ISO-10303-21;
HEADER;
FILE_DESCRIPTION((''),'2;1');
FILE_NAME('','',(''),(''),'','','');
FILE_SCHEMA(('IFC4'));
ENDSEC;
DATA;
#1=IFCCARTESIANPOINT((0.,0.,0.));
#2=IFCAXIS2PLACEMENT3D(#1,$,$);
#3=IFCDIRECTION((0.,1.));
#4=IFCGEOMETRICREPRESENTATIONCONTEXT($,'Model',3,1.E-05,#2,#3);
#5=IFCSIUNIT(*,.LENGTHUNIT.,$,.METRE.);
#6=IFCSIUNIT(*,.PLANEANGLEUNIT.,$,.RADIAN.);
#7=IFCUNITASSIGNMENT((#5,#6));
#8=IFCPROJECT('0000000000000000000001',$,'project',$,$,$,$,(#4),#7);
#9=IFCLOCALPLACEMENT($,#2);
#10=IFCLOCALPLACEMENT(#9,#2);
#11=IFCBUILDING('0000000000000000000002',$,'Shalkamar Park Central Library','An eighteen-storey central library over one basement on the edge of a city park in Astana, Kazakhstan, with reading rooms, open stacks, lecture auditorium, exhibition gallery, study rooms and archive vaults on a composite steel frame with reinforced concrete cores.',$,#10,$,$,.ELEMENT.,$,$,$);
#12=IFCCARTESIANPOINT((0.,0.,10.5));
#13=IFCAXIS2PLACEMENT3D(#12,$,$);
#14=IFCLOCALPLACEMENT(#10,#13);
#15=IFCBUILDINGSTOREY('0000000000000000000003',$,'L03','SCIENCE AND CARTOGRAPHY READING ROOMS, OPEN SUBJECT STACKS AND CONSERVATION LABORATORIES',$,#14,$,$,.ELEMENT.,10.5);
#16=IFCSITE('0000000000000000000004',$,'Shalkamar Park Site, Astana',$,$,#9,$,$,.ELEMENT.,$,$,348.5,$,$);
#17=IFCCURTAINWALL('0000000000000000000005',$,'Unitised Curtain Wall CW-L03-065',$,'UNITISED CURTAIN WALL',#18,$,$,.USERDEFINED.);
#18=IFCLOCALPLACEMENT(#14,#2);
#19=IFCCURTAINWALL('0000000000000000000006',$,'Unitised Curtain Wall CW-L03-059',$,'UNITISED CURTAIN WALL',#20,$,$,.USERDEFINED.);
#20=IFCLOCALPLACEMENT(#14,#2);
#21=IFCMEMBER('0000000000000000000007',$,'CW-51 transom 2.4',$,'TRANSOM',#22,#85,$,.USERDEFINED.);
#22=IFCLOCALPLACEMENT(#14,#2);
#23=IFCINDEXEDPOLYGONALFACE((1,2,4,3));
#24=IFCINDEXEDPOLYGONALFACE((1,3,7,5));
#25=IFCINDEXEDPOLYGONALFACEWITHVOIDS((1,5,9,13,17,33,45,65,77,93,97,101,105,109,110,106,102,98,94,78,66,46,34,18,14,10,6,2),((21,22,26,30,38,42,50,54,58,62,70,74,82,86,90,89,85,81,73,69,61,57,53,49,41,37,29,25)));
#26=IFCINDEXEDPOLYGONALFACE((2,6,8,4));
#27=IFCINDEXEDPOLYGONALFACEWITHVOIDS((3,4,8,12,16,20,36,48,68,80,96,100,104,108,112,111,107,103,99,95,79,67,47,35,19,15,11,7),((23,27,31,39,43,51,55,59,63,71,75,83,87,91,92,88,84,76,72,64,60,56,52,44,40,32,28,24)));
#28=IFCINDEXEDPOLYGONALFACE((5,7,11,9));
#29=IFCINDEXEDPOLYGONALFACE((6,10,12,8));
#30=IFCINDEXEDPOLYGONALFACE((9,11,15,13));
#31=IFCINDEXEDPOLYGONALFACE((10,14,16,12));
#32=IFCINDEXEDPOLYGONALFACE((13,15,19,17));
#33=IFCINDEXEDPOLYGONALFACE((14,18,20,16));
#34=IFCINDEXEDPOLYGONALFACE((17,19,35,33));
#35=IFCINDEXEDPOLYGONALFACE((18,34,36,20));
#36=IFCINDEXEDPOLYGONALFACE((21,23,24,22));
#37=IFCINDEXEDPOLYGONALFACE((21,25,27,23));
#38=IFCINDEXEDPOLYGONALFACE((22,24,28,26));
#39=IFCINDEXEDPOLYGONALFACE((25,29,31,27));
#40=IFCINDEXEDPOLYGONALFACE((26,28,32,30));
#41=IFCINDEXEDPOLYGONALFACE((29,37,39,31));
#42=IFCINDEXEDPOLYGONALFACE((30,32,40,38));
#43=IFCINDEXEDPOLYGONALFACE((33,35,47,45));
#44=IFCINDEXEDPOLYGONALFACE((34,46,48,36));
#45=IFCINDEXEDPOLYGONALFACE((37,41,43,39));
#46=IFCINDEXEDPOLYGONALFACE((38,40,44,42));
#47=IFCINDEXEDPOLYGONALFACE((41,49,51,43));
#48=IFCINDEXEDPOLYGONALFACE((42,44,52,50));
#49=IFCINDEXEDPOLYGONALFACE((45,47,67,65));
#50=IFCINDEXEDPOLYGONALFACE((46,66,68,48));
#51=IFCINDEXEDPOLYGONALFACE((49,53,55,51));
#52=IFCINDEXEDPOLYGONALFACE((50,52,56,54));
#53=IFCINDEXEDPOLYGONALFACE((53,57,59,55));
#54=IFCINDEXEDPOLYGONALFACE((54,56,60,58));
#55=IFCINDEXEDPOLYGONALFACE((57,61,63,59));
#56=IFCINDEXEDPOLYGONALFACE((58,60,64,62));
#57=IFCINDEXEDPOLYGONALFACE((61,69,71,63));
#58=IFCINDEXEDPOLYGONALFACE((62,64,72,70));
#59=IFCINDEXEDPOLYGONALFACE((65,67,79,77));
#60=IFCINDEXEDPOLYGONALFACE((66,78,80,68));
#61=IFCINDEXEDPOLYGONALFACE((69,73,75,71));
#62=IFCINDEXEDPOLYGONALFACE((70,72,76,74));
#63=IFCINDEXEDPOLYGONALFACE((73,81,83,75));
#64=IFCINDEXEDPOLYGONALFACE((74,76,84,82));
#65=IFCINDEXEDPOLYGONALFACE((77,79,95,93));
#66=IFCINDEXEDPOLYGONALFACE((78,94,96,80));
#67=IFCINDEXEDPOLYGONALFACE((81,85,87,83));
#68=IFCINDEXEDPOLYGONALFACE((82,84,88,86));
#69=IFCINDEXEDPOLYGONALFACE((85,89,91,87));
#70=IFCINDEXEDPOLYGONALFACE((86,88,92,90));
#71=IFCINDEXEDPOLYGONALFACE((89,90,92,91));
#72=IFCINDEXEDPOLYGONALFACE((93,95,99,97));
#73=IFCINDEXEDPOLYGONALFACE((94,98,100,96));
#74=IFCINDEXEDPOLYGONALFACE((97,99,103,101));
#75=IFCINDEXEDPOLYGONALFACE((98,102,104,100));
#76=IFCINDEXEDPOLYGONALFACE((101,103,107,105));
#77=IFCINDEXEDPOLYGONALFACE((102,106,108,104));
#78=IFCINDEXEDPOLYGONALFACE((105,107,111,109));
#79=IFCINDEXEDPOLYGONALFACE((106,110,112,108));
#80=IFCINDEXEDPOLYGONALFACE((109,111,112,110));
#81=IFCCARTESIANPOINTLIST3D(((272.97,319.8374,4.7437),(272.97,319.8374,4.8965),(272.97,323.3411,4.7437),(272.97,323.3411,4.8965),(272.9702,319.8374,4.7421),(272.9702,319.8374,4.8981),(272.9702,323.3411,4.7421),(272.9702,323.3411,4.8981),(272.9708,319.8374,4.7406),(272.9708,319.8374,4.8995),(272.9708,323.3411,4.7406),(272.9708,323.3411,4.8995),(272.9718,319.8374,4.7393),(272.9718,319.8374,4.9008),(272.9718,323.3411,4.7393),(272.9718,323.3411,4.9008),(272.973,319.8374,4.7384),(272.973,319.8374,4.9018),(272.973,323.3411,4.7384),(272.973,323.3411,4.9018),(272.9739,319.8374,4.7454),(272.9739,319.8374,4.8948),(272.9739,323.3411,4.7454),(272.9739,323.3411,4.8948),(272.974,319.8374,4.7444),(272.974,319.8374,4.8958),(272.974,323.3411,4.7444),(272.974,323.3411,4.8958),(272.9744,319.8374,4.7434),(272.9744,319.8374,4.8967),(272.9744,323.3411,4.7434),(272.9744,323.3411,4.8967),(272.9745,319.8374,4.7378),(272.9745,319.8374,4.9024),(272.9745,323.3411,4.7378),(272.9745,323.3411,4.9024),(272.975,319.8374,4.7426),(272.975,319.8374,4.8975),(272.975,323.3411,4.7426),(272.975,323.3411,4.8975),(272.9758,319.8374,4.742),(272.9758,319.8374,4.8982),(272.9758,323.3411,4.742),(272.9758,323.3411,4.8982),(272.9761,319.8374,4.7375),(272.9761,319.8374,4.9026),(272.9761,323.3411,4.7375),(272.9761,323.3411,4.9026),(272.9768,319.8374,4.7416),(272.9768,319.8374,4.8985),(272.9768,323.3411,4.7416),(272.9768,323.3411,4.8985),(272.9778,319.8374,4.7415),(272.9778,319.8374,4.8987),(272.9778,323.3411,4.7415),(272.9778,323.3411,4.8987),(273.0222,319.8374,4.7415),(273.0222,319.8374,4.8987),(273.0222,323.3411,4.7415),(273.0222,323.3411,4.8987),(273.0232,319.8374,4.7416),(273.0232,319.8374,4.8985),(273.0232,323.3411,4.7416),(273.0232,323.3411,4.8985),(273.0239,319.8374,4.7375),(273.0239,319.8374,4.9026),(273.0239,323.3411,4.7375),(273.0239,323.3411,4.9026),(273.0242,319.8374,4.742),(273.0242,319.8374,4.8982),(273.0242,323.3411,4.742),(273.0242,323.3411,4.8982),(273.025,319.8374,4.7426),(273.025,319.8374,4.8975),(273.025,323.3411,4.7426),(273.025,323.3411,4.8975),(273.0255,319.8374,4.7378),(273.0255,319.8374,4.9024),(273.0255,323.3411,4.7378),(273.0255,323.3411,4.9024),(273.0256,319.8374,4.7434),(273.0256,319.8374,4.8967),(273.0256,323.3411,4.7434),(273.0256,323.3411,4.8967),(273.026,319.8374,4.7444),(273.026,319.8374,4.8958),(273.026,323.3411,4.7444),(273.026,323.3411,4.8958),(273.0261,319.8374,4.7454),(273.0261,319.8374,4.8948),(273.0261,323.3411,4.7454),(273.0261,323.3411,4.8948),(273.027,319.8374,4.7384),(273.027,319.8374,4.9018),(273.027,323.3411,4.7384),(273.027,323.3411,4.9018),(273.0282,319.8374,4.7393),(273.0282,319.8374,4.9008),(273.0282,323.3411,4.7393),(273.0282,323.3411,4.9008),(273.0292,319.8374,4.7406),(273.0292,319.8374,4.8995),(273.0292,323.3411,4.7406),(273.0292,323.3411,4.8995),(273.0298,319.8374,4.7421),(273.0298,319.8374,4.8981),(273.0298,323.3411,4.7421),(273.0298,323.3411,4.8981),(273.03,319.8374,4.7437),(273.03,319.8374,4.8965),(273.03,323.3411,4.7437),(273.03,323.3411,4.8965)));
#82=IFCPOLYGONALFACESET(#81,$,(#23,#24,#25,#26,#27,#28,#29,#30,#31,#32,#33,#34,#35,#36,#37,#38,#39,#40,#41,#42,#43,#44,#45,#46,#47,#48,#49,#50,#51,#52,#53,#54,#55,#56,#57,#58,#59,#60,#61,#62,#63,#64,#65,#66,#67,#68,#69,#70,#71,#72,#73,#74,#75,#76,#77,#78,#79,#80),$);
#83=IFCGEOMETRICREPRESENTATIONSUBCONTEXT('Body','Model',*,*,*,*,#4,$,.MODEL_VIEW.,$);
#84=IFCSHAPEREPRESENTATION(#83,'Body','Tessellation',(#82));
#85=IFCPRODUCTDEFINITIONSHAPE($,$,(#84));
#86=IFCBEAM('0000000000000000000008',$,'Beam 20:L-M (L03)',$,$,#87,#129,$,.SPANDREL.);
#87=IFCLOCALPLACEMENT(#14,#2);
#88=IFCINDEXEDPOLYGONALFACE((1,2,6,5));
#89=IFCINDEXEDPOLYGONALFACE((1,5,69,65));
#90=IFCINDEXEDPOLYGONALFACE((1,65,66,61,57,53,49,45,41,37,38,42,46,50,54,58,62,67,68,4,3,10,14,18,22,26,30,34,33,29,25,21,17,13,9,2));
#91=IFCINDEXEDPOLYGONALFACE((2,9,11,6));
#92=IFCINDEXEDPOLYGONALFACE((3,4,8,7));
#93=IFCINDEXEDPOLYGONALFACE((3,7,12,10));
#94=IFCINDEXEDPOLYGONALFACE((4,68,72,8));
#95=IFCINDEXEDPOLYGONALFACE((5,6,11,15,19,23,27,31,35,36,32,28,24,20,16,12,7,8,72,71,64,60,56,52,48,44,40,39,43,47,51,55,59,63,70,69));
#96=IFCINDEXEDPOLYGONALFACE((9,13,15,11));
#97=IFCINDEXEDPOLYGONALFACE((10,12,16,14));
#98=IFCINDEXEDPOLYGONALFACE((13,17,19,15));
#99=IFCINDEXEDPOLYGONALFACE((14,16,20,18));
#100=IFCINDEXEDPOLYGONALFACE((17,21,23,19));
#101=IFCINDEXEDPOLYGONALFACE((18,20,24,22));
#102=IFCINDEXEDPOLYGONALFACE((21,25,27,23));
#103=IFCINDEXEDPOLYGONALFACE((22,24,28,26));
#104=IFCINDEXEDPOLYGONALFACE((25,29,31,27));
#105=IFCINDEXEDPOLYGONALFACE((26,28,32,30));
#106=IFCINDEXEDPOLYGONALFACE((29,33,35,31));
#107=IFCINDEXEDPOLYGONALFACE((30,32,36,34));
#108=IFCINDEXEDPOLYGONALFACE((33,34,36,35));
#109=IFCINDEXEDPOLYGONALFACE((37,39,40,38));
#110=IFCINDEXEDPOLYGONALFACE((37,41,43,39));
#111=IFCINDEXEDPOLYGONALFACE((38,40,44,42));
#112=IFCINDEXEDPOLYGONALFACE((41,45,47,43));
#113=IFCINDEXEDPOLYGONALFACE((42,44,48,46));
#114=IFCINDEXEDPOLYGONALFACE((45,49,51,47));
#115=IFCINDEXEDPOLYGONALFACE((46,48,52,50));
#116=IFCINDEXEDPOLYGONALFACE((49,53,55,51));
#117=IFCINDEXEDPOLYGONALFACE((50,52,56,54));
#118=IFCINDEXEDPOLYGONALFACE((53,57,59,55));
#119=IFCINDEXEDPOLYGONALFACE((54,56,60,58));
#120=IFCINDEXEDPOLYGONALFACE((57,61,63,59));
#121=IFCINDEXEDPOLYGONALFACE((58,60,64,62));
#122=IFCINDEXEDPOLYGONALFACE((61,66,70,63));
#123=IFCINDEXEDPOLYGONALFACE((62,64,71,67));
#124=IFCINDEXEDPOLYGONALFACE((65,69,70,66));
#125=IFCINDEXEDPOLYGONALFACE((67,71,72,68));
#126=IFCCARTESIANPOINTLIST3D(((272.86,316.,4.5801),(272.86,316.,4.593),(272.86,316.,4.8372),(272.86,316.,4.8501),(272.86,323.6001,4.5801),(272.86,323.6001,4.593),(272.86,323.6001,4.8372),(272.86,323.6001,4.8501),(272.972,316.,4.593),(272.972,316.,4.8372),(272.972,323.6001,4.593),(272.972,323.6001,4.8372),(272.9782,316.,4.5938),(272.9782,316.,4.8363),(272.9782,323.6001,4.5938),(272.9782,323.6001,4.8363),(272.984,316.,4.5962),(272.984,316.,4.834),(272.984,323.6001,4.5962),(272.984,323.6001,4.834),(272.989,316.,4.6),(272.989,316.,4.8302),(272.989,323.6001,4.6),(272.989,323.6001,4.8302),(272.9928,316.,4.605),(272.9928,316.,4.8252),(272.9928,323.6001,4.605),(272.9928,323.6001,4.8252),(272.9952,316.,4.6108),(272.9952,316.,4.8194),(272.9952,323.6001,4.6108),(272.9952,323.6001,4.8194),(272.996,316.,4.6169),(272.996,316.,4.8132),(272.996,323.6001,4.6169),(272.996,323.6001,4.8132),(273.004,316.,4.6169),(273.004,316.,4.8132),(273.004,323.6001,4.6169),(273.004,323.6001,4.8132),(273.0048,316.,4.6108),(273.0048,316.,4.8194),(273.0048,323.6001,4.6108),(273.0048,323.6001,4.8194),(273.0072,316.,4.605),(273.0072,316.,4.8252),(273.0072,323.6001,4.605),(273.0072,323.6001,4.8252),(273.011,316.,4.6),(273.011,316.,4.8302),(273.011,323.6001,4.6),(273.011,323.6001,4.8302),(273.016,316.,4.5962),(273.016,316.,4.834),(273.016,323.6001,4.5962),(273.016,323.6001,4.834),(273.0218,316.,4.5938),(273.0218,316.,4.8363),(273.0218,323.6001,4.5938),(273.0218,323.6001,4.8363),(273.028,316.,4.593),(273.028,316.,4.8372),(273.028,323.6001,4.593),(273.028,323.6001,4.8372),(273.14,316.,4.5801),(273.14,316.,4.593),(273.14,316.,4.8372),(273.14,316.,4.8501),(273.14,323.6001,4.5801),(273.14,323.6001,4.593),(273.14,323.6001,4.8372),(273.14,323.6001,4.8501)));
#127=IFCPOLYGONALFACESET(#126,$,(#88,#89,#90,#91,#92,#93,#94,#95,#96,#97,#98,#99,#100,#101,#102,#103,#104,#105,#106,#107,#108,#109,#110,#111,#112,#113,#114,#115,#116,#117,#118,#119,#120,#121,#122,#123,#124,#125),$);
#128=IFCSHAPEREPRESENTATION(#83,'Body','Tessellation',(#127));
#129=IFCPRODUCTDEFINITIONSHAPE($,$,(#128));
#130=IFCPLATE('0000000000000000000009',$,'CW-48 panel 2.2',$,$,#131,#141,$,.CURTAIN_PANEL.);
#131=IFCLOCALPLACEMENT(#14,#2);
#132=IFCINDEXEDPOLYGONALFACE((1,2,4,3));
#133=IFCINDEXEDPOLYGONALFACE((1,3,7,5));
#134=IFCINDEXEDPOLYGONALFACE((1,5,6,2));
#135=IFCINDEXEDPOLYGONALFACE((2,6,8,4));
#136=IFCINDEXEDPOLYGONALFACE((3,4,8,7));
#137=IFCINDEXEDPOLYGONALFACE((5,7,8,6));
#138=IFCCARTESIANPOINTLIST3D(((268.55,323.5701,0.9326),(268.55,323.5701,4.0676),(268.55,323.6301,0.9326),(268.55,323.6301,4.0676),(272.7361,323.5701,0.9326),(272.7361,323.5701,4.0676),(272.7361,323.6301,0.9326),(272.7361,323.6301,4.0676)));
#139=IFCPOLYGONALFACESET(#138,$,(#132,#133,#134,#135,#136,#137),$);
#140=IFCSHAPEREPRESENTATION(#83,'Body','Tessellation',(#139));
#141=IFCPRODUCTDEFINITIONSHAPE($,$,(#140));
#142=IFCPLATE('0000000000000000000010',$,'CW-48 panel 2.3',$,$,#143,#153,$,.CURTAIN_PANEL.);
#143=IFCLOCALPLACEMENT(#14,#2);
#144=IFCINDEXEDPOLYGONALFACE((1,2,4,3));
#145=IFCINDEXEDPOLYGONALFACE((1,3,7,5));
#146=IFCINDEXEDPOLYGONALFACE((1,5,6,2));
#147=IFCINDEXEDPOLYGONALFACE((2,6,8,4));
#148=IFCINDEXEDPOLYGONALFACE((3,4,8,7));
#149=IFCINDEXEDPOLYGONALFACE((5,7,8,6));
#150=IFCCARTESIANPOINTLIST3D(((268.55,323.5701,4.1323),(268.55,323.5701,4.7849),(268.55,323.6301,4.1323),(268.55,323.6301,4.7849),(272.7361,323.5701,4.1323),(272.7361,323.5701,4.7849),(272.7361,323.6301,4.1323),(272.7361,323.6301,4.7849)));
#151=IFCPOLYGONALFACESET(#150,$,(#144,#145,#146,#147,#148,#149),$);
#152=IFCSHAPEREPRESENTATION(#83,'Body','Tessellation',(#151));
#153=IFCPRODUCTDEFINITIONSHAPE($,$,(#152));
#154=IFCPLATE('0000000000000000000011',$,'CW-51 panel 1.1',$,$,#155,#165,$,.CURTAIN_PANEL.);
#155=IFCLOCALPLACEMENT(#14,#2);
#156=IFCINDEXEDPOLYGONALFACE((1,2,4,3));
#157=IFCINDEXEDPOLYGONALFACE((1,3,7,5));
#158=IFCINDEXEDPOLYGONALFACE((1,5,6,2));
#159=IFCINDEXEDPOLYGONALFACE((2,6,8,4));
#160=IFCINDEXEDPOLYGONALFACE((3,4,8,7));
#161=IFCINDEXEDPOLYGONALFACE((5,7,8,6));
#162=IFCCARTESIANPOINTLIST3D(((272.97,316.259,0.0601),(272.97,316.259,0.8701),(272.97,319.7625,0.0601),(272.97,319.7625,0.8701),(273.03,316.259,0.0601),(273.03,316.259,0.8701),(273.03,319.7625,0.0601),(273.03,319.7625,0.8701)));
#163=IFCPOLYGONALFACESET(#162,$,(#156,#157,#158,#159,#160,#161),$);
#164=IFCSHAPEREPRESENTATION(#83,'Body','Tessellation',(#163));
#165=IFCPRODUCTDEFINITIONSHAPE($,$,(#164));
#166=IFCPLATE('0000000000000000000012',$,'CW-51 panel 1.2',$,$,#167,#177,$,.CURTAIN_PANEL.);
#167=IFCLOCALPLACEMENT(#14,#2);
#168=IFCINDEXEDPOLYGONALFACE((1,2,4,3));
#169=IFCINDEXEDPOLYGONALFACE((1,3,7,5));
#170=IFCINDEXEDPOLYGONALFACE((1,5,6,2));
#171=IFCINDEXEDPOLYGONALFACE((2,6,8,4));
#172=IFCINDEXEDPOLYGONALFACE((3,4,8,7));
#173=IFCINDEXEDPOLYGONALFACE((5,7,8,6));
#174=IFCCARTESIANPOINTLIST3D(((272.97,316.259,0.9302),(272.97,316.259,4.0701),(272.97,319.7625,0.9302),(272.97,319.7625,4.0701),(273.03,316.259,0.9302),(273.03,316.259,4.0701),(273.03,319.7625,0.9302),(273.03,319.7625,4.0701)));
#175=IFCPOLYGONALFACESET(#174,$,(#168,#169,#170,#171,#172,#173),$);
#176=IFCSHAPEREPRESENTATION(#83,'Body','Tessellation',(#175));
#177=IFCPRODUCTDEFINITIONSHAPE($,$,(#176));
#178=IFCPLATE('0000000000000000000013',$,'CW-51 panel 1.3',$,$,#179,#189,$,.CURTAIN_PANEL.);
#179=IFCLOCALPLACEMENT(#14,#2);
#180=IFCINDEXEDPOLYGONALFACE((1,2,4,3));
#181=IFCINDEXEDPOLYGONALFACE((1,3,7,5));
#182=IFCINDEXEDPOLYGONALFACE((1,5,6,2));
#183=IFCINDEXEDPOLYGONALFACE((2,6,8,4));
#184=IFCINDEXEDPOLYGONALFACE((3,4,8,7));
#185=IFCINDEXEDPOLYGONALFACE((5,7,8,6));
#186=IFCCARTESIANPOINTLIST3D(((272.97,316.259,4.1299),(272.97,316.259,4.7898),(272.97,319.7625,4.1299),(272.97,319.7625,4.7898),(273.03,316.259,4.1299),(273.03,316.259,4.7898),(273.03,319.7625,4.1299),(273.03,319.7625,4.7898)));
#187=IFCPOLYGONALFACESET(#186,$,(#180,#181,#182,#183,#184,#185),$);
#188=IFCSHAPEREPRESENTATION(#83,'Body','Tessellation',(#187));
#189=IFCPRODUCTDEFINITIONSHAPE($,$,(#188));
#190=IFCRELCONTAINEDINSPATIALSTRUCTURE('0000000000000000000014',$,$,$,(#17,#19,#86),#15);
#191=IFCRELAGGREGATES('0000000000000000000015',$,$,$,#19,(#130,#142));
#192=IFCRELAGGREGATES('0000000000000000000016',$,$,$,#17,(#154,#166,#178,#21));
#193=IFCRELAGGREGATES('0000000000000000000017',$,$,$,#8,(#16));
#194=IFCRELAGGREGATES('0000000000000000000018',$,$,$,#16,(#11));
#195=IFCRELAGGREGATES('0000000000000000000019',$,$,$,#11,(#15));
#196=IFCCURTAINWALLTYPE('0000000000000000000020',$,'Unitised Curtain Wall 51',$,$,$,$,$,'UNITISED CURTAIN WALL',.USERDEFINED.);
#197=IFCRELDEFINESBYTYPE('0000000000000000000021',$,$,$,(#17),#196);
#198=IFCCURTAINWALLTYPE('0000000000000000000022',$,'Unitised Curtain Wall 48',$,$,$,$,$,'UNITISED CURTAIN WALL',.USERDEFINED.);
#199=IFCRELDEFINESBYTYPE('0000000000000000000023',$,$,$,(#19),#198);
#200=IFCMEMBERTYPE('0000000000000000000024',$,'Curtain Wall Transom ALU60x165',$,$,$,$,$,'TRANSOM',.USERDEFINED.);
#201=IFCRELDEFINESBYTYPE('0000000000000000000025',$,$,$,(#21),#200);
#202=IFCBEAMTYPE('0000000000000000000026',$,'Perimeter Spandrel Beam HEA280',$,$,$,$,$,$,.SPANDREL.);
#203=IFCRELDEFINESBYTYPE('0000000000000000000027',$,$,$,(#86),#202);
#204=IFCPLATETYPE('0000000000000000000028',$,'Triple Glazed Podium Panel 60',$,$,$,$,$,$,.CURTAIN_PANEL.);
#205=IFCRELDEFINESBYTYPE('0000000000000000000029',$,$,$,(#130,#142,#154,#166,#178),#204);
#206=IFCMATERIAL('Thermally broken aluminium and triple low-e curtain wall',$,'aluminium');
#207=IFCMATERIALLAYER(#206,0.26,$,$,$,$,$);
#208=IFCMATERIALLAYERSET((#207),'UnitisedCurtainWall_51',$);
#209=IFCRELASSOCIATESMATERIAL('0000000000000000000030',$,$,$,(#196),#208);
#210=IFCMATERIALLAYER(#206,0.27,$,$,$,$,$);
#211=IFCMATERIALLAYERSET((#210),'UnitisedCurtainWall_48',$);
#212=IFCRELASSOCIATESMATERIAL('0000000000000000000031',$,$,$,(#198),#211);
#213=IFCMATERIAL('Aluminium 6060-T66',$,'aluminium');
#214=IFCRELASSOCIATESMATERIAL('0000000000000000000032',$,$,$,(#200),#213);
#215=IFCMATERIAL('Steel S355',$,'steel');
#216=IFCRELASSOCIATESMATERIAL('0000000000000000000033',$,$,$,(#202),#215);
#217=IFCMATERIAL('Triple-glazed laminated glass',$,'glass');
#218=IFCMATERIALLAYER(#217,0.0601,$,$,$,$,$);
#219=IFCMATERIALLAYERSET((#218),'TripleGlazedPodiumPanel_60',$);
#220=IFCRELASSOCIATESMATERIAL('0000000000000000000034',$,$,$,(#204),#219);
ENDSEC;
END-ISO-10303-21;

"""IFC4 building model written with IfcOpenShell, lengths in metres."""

from ifc_helpers import new_model, si_unit, direction, frame, origin, origin_2d, place, context, subcontext, project, spatial, rectangle, hollow_rectangle, i_section, extrude, material, layer, layer_set, material_profile, profile_set, type_object, element, aggregate, save


model = new_model("IFC4")

# Units and contexts
model_context = context("Model", 3, precision=1e-05, world=origin(), true_north=direction((0.0, 1.0)))
body_context = subcontext(model_context, "Body", "Model", "MODEL_VIEW")
ifc_project = project(units=[si_unit("LENGTHUNIT", "METRE"), si_unit("PLANEANGLEUNIT", "RADIAN")], contexts=[model_context])

# Site, building, storey
site_placement = place(None, origin())
site = spatial("IfcSite", under=ifc_project, at=site_placement, Name="Shalkamar Park Site, Astana", CompositionType="ELEMENT", RefElevation=348.5)
building_placement = place(site_placement, origin())
building = spatial("IfcBuilding", under=site, at=building_placement, Name="Shalkamar Park Central Library", Description="An eighteen-storey central library over one basement on the edge of a city park in Astana, Kazakhstan, with reading rooms, open stacks, lecture auditorium, exhibition gallery, study rooms and archive vaults on a composite steel frame with reinforced concrete cores.", CompositionType="ELEMENT")
storey_placement = place(building_placement, frame((0.0, 0.0, 10.5)))
storey = spatial("IfcBuildingStorey", under=building, at=storey_placement, Name="L03", Description="SCIENCE AND CARTOGRAPHY READING ROOMS, OPEN SUBJECT STACKS AND CONSERVATION LABORATORIES", CompositionType="ELEMENT", Elevation=10.5)

# Shared definitions
ifc_material_1 = material(Name="Steel S355", Category="steel")

# Curtain wall
ifc_material_2 = material(Name="Thermally broken aluminium and triple low-e curtain wall", Category="aluminium")
ifc_layer_1 = layer(ifc_material_2, 0.26)
ifc_layer_set_1 = layer_set([ifc_layer_1], Name="UnitisedCurtainWall_51")
curtain_wall_type_1 = type_object("IfcCurtainWallType", Name="Unitised Curtain Wall 51", ElementType="UNITISED CURTAIN WALL", PredefinedType="USERDEFINED", material=ifc_layer_set_1)
curtain_wall_1_placement = place(storey_placement, origin())
curtain_wall_1 = element("IfcCurtainWall", 1, at=curtain_wall_1_placement, inside=storey, type_object=curtain_wall_type_1, Name="Unitised Curtain Wall CW-L03-065", ObjectType="UNITISED CURTAIN WALL", PredefinedType="USERDEFINED")
ifc_material_3 = material(Name="Aluminium 6060-T66", Category="aluminium")

# Curtain wall
ifc_layer_2 = layer(ifc_material_2, 0.27)
ifc_layer_set_2 = layer_set([ifc_layer_2], Name="UnitisedCurtainWall_48")
curtain_wall_type_2 = type_object("IfcCurtainWallType", Name="Unitised Curtain Wall 48", ElementType="UNITISED CURTAIN WALL", PredefinedType="USERDEFINED", material=ifc_layer_set_2)
curtain_wall_2_placement = place(storey_placement, origin())
curtain_wall_2 = element("IfcCurtainWall", 2, at=curtain_wall_2_placement, inside=storey, type_object=curtain_wall_type_2, Name="Unitised Curtain Wall CW-L03-059", ObjectType="UNITISED CURTAIN WALL", PredefinedType="USERDEFINED")

# Member
ifc_material_profile_1 = material_profile(ifc_material_3, hollow_rectangle(XDim=0.0601, YDim=0.165, WallThickness=0.0039, InnerFilletRadius=0.0039, OuterFilletRadius=0.0061, at=origin_2d()), Name="ALU 60x165x4")
ifc_profile_set_1 = profile_set([ifc_material_profile_1], Name="Aluminium 6060-T66")
member_type_1 = type_object("IfcMemberType", Name="Curtain Wall Transom ALU60x165", ElementType="TRANSOM", PredefinedType="USERDEFINED", material=ifc_profile_set_1)
member_1_placement = place(storey_placement, frame((273.0, 319.8374, 4.8201), z_axis=(0.0, 1.0, 0.0), x_axis=(-1.0, 0.0, 0.0)))
member_1 = element("IfcMember", 3, at=member_1_placement, type_object=member_type_1, Name="CW-51 transom 2.4", ObjectType="TRANSOM", PredefinedType="USERDEFINED", context=body_context, shape_type="SweptSolid", body=[
    extrude(hollow_rectangle(XDim=0.0601, YDim=0.165, WallThickness=0.0039, InnerFilletRadius=0.0039, OuterFilletRadius=0.0061, at=origin_2d()), origin(), (0.0, 0.0, 1.0), 3.5037),
])

# Beam
ifc_material_profile_2 = material_profile(ifc_material_1, i_section(OverallWidth=0.28, OverallDepth=0.27, WebThickness=0.0081, FlangeThickness=0.0129, FilletRadius=0.0239, at=origin_2d()), Name="HEA 280")
ifc_profile_set_2 = profile_set([ifc_material_profile_2], Name="Steel S355")
beam_type = type_object("IfcBeamType", Name="Perimeter Spandrel Beam HEA280", PredefinedType="SPANDREL", material=ifc_profile_set_2)
beam_placement = place(storey_placement, frame((273.0, 316.0, 4.7151), z_axis=(0.0, 1.0, 0.0), x_axis=(-1.0, 0.0, 0.0)))
element("IfcBeam", 4, at=beam_placement, inside=storey, type_object=beam_type, Name="Beam 20:L-M (L03)", PredefinedType="SPANDREL", context=body_context, shape_type="SweptSolid", body=[
    extrude(i_section(OverallWidth=0.28, OverallDepth=0.27, WebThickness=0.0081, FlangeThickness=0.0129, FilletRadius=0.0239, at=origin_2d()), origin(), (0.0, 0.0, 1.0), 7.6001),
])

# Plates
ifc_material_4 = material(Name="Triple-glazed laminated glass", Category="glass")
ifc_layer_3 = layer(ifc_material_4, 0.0601)
ifc_layer_set_3 = layer_set([ifc_layer_3], Name="TripleGlazedPodiumPanel_60")
plate_type = type_object("IfcPlateType", Name="Triple Glazed Podium Panel 60", PredefinedType="CURTAIN_PANEL", material=ifc_layer_set_3)
plate_1_placement = place(storey_placement, frame((270.6431, 323.6001, 0.9326), z_axis=(0.0, 0.0, 1.0), x_axis=(1.0, 0.0, 0.0)))
plate_1 = element("IfcPlate", 5, at=plate_1_placement, type_object=plate_type, Name="CW-48 panel 2.2", PredefinedType="CURTAIN_PANEL", context=body_context, shape_type="SweptSolid", body=[
    extrude(rectangle(XDim=4.186, YDim=0.0601, at=origin_2d()), origin(), (0.0, 0.0, 1.0), 3.135),
])
plate_2_placement = place(storey_placement, frame((270.6431, 323.6001, 4.1323), z_axis=(0.0, 0.0, 1.0), x_axis=(1.0, 0.0, 0.0)))
plate_2 = element("IfcPlate", 6, at=plate_2_placement, type_object=plate_type, Name="CW-48 panel 2.3", PredefinedType="CURTAIN_PANEL", context=body_context, shape_type="SweptSolid", body=[
    extrude(rectangle(XDim=4.186, YDim=0.0601, at=origin_2d()), origin(), (0.0, 0.0, 1.0), 0.6526),
])
aggregate(curtain_wall_2, [plate_1, plate_2])
plate_3_placement = place(storey_placement, frame((273.0, 318.0107, 0.0601), z_axis=(0.0, 0.0, 1.0), x_axis=(0.0, 1.0, 0.0)))
plate_3 = element("IfcPlate", 7, at=plate_3_placement, type_object=plate_type, Name="CW-51 panel 1.1", PredefinedType="CURTAIN_PANEL", context=body_context, shape_type="SweptSolid", body=[
    extrude(rectangle(XDim=3.5034, YDim=0.0601, at=origin_2d()), origin(), (0.0, 0.0, 1.0), 0.8101),
])
plate_4_placement = place(storey_placement, frame((273.0, 318.0107, 0.9302), z_axis=(0.0, 0.0, 1.0), x_axis=(0.0, 1.0, 0.0)))
plate_4 = element("IfcPlate", 8, at=plate_4_placement, type_object=plate_type, Name="CW-51 panel 1.2", PredefinedType="CURTAIN_PANEL", context=body_context, shape_type="SweptSolid", body=[
    extrude(rectangle(XDim=3.5034, YDim=0.0601, at=origin_2d()), origin(), (0.0, 0.0, 1.0), 3.1399),
])
plate_5_placement = place(storey_placement, frame((273.0, 318.0107, 4.1299), z_axis=(0.0, 0.0, 1.0), x_axis=(0.0, 1.0, 0.0)))
plate_5 = element("IfcPlate", 9, at=plate_5_placement, type_object=plate_type, Name="CW-51 panel 1.3", PredefinedType="CURTAIN_PANEL", context=body_context, shape_type="SweptSolid", body=[
    extrude(rectangle(XDim=3.5034, YDim=0.0601, at=origin_2d()), origin(), (0.0, 0.0, 1.0), 0.6599),
])
aggregate(curtain_wall_1, [plate_3, plate_4, plate_5, member_1])

save(model, "model.ifc")
